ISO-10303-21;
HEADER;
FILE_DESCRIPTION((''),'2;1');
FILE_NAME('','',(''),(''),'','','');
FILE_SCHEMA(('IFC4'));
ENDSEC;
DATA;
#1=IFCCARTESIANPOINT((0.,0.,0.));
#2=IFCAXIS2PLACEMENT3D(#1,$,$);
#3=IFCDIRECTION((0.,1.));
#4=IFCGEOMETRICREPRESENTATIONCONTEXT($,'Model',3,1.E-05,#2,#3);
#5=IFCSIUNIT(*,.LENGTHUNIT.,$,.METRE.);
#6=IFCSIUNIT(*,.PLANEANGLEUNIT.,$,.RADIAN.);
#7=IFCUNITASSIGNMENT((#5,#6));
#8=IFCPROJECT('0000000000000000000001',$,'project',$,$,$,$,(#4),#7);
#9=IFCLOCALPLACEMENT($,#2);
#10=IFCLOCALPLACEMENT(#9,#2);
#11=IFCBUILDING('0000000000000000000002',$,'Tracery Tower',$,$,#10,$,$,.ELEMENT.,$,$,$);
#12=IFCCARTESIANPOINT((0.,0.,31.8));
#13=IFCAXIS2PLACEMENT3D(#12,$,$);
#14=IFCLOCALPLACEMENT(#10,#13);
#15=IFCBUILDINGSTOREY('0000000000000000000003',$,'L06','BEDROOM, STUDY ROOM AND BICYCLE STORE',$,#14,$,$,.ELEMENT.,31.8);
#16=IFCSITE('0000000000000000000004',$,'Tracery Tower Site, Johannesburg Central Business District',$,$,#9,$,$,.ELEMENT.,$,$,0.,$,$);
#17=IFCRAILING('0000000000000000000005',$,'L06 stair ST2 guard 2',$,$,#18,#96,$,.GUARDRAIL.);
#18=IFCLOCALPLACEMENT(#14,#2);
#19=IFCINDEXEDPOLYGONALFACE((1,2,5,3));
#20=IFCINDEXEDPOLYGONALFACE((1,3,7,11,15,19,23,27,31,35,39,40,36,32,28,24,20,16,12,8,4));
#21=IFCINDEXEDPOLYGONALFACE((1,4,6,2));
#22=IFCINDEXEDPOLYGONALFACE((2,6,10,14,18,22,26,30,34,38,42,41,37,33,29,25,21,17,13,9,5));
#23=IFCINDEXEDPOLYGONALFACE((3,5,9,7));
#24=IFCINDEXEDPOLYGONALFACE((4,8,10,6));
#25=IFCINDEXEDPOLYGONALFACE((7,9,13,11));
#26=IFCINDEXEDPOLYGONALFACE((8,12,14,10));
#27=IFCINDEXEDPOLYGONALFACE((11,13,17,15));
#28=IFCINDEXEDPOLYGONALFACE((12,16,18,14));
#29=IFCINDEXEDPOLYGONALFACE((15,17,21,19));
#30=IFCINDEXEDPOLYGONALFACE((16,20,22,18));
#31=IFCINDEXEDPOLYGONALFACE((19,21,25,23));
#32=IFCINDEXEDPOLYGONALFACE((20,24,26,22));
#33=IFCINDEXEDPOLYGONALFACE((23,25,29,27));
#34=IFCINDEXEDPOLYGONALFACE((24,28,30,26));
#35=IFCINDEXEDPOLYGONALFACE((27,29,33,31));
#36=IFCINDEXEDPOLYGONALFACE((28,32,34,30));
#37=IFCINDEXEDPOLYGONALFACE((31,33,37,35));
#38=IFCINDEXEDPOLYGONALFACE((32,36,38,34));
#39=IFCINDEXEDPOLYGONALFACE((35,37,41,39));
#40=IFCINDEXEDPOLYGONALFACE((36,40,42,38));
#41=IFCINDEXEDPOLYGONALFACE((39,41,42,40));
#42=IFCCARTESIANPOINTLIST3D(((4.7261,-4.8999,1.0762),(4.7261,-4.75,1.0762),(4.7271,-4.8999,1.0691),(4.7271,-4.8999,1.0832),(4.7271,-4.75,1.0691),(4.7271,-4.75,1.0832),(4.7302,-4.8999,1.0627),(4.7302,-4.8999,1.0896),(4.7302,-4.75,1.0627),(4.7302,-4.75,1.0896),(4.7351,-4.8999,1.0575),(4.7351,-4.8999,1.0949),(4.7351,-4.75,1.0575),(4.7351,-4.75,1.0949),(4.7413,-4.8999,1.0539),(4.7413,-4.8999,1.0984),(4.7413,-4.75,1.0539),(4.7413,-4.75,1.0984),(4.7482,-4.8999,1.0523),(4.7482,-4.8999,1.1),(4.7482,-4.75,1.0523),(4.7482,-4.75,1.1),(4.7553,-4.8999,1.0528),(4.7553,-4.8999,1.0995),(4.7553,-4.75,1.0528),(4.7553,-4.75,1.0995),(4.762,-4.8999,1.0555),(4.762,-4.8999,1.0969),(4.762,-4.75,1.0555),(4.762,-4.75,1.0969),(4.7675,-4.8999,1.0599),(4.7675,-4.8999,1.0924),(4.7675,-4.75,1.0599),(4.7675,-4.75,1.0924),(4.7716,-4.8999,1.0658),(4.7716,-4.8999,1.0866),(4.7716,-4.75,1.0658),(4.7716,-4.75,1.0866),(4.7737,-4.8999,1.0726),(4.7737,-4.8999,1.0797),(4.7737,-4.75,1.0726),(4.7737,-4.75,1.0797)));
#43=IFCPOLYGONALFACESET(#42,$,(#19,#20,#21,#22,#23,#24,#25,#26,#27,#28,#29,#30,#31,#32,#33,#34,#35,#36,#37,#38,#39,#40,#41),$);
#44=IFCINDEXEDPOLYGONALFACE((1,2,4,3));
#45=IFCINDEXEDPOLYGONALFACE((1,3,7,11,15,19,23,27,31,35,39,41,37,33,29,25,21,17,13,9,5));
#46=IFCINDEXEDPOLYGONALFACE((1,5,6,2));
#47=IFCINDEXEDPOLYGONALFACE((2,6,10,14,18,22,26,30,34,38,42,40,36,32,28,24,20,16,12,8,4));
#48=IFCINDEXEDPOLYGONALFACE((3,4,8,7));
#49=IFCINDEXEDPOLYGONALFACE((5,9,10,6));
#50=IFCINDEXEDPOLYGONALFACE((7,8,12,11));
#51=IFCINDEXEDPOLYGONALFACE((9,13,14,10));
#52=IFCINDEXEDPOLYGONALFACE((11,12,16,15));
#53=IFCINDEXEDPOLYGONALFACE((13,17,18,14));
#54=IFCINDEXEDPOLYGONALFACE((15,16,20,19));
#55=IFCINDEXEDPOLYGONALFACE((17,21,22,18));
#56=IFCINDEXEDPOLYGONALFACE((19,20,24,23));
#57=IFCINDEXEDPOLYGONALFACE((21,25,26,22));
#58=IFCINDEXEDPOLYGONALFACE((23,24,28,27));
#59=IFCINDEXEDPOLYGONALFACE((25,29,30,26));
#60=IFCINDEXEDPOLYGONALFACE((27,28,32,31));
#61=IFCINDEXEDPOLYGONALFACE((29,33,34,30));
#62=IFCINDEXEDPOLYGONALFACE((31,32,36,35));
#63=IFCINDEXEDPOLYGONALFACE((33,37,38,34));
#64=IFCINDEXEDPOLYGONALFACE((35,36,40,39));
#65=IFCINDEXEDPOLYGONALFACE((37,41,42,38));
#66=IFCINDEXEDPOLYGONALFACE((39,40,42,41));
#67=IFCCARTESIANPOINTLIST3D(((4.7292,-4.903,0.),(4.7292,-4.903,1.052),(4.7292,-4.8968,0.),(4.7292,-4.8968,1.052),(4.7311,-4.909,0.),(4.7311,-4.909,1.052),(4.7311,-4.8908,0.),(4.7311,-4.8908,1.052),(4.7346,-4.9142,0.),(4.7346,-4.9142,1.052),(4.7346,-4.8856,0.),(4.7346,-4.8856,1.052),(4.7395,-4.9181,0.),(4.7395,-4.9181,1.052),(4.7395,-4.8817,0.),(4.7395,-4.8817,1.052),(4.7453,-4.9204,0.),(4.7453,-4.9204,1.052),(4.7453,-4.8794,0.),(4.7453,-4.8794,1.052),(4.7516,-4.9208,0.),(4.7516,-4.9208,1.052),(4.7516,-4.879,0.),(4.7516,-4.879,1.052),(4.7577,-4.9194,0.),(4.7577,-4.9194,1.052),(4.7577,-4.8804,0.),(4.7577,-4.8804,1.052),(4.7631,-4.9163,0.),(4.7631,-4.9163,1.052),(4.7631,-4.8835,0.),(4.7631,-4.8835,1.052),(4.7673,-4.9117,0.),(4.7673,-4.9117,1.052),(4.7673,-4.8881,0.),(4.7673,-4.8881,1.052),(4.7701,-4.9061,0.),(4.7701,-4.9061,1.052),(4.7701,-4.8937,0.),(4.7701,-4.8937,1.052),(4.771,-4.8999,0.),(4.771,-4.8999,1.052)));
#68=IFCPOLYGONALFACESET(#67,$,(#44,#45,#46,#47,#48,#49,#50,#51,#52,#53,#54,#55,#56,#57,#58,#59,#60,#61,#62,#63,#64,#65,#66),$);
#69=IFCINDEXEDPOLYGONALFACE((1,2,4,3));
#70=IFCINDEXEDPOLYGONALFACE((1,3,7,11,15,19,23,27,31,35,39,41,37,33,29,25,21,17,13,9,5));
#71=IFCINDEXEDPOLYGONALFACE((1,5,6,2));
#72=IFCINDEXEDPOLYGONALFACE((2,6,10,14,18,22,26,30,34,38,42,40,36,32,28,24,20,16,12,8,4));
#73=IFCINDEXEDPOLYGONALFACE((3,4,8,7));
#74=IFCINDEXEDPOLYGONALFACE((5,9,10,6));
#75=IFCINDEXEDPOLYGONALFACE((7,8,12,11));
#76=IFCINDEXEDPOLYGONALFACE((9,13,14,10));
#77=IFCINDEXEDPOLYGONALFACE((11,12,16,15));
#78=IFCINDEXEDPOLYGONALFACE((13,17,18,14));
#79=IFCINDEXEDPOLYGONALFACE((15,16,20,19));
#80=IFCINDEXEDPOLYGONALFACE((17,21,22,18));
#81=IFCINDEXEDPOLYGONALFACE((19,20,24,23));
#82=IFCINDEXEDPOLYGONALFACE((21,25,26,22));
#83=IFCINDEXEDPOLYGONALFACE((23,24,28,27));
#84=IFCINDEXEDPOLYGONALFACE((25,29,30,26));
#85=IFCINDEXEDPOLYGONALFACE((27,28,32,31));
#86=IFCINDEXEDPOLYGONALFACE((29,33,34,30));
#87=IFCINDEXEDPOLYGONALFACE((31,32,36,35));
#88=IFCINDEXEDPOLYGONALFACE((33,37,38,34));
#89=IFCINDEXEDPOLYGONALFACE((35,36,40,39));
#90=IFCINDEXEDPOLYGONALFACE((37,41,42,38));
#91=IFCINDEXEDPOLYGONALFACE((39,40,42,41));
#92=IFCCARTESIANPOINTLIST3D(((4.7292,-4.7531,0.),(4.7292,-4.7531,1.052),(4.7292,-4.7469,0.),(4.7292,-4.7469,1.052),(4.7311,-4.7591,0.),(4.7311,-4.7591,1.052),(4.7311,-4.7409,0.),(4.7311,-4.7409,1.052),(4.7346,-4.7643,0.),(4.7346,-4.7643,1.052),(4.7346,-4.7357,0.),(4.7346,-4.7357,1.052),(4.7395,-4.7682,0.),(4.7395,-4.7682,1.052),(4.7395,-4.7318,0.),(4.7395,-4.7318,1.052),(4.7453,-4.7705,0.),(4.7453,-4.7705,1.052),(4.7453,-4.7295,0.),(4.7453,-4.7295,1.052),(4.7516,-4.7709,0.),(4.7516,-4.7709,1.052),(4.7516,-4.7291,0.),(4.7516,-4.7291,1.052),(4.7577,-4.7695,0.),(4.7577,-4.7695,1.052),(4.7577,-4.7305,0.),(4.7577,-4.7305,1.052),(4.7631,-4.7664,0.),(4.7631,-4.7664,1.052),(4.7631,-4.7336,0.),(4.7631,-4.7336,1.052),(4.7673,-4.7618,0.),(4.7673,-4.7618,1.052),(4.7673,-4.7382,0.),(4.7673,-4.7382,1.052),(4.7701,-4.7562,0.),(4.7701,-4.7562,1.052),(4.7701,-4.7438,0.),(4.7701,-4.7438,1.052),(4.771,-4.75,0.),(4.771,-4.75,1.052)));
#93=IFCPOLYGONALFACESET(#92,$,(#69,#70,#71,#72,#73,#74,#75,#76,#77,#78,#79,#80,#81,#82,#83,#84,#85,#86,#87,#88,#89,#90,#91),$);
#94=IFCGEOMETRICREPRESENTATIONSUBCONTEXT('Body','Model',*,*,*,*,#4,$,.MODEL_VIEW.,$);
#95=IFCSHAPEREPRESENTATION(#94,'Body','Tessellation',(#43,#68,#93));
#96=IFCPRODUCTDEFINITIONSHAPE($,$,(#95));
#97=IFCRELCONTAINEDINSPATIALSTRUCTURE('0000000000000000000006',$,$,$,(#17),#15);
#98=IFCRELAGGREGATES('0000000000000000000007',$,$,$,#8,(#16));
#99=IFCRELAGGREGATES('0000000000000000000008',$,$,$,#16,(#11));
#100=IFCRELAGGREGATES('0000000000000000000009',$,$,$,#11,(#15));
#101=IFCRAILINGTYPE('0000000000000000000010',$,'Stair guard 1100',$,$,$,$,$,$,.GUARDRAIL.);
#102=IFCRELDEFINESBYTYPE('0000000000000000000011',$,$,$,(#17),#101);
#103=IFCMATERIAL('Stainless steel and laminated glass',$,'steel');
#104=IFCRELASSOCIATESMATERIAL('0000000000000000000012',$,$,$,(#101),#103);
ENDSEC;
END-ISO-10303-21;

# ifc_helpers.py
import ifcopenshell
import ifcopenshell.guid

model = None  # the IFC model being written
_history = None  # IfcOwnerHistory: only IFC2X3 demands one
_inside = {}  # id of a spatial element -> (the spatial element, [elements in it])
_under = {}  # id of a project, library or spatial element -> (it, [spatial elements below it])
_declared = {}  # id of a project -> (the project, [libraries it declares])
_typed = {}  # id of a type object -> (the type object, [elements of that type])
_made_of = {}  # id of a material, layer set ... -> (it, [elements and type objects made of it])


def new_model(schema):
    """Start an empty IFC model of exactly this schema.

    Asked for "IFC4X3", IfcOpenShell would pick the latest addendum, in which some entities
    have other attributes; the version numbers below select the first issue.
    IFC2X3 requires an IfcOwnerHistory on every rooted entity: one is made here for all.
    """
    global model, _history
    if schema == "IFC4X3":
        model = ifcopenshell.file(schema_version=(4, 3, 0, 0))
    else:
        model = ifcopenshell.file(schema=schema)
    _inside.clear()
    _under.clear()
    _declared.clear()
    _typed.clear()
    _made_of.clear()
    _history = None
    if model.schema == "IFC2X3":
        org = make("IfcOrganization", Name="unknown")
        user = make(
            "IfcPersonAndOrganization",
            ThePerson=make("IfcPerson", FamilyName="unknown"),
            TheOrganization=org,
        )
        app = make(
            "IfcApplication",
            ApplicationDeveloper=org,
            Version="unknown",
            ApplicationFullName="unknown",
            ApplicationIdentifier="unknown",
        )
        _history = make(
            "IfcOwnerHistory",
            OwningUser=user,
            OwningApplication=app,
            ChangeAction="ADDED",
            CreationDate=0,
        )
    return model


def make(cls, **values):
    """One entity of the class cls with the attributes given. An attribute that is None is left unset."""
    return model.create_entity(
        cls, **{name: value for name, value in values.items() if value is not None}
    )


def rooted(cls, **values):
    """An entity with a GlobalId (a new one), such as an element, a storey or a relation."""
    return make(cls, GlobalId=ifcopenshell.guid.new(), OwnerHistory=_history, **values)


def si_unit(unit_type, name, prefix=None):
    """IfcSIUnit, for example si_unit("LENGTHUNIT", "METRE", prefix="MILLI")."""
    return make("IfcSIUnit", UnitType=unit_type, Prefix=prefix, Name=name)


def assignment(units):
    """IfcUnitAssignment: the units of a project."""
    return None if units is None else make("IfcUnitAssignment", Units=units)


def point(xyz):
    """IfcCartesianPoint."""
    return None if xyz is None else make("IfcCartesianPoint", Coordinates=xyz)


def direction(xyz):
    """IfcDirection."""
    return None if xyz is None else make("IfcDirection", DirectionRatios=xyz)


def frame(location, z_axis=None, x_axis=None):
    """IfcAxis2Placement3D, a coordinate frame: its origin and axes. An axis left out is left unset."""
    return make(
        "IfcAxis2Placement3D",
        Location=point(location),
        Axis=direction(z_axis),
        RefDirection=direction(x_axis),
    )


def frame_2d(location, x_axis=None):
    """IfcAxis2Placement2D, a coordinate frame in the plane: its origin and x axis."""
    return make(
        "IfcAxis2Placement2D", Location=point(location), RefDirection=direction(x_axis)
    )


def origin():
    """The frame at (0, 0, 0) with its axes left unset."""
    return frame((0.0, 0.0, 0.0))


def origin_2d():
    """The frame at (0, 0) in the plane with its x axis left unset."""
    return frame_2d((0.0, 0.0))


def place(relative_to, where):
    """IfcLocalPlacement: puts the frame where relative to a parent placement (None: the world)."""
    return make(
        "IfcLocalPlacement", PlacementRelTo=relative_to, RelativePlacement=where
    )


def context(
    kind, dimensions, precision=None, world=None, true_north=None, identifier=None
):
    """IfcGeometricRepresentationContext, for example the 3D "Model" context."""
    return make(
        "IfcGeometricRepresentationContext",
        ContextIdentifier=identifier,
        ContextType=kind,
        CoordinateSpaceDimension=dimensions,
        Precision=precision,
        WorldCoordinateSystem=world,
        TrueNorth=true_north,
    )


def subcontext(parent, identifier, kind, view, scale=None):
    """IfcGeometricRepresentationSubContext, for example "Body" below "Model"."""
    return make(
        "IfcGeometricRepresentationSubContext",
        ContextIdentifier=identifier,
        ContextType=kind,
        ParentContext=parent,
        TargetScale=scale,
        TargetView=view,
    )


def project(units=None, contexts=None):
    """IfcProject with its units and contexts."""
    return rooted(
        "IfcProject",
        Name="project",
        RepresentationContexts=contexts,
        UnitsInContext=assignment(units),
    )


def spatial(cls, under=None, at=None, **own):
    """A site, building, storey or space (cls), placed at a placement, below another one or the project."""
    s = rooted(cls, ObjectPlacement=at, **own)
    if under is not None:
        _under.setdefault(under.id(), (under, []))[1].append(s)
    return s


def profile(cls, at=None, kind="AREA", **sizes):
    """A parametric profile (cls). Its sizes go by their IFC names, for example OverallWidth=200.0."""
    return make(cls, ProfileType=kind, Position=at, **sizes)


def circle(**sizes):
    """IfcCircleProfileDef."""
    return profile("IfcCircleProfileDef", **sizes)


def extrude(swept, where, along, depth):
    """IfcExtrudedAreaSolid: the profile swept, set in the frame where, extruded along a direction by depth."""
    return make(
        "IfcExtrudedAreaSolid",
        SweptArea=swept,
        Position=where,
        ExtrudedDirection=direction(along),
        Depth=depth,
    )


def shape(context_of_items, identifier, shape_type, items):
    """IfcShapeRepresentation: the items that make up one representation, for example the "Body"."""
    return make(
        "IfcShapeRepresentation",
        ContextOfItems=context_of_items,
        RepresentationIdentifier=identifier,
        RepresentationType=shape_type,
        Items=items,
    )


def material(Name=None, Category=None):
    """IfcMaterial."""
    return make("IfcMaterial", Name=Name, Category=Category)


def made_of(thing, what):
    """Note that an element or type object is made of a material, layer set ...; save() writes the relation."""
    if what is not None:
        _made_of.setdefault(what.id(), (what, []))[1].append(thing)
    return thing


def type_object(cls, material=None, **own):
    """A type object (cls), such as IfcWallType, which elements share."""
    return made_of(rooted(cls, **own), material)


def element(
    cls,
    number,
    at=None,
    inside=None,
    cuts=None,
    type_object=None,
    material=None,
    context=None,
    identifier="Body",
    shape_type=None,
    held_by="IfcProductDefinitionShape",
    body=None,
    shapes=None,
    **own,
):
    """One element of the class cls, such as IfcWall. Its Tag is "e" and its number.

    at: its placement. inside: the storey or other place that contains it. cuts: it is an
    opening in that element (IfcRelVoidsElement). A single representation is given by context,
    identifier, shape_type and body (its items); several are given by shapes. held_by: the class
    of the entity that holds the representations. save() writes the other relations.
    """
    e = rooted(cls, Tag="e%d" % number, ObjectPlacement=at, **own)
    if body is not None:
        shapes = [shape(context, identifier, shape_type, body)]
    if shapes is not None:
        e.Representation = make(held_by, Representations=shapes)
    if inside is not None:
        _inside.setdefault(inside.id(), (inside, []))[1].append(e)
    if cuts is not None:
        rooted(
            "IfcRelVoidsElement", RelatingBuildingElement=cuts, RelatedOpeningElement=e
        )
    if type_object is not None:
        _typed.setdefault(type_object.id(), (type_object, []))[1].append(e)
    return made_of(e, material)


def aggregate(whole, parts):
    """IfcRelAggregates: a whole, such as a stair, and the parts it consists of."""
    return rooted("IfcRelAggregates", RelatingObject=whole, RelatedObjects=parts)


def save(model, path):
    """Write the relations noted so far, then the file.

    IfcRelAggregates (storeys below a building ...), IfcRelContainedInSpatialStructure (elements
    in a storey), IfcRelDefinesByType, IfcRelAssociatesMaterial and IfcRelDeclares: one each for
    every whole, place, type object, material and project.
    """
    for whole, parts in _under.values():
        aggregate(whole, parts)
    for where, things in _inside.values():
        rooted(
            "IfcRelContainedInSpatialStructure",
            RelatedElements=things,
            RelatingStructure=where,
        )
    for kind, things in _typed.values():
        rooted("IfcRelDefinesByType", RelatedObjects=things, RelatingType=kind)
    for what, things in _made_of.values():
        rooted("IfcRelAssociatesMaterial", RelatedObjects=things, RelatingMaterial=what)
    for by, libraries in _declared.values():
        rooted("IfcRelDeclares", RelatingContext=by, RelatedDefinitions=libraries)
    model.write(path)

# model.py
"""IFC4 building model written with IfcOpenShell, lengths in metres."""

from ifc_helpers import new_model, si_unit, direction, frame, origin, origin_2d, place, context, subcontext, project, spatial, circle, extrude, material, type_object, element, save


model = new_model("IFC4")

# Units and contexts
model_context = context("Model", 3, precision=1e-05, world=origin(), true_north=direction((0.0, 1.0)))
body_context = subcontext(model_context, "Body", "Model", "MODEL_VIEW")
ifc_project = project(units=[si_unit("LENGTHUNIT", "METRE"), si_unit("PLANEANGLEUNIT", "RADIAN")], contexts=[model_context])

# Site, building, storey
site_placement = place(None, origin())
site = spatial("IfcSite", under=ifc_project, at=site_placement, Name="Tracery Tower Site, Johannesburg Central Business District", CompositionType="ELEMENT", RefElevation=0.0)
building_placement = place(site_placement, origin())
building = spatial("IfcBuilding", under=site, at=building_placement, Name="Tracery Tower", CompositionType="ELEMENT")
storey_placement = place(building_placement, frame((0.0, 0.0, 31.8)))
storey = spatial("IfcBuildingStorey", under=building, at=storey_placement, Name="L06", Description="BEDROOM, STUDY ROOM AND BICYCLE STORE", CompositionType="ELEMENT", Elevation=31.8)

# Railing
ifc_material_1 = material(Name="Stainless steel and laminated glass", Category="steel")
railing_type_1 = type_object("IfcRailingType", Name="Stair guard 1100", PredefinedType="GUARDRAIL", material=ifc_material_1)
railing_1_placement = place(storey_placement, frame((4.75, -4.8999, 0.0)))
element("IfcRailing", 1, at=railing_1_placement, inside=storey, type_object=railing_type_1, Name="L06 stair ST2 guard 2", PredefinedType="GUARDRAIL", context=body_context, shape_type="SweptSolid", body=[
    extrude(circle(Radius=0.0239, at=origin_2d()), frame((0.0, 0.0, 1.0762), z_axis=(0.0, 1.0, 0.0), x_axis=(-1.0, 0.0, 0.0)), (0.0, 0.0, 1.0), 0.1499),
    extrude(circle(Radius=0.021, at=origin_2d()), origin(), (0.0, 0.0, 1.0), 1.052),
    extrude(circle(Radius=0.021, at=origin_2d()), frame((0.0, 0.1499, 0.0)), (0.0, 0.0, 1.0), 1.052),
])

save(model, "model.ifc")
